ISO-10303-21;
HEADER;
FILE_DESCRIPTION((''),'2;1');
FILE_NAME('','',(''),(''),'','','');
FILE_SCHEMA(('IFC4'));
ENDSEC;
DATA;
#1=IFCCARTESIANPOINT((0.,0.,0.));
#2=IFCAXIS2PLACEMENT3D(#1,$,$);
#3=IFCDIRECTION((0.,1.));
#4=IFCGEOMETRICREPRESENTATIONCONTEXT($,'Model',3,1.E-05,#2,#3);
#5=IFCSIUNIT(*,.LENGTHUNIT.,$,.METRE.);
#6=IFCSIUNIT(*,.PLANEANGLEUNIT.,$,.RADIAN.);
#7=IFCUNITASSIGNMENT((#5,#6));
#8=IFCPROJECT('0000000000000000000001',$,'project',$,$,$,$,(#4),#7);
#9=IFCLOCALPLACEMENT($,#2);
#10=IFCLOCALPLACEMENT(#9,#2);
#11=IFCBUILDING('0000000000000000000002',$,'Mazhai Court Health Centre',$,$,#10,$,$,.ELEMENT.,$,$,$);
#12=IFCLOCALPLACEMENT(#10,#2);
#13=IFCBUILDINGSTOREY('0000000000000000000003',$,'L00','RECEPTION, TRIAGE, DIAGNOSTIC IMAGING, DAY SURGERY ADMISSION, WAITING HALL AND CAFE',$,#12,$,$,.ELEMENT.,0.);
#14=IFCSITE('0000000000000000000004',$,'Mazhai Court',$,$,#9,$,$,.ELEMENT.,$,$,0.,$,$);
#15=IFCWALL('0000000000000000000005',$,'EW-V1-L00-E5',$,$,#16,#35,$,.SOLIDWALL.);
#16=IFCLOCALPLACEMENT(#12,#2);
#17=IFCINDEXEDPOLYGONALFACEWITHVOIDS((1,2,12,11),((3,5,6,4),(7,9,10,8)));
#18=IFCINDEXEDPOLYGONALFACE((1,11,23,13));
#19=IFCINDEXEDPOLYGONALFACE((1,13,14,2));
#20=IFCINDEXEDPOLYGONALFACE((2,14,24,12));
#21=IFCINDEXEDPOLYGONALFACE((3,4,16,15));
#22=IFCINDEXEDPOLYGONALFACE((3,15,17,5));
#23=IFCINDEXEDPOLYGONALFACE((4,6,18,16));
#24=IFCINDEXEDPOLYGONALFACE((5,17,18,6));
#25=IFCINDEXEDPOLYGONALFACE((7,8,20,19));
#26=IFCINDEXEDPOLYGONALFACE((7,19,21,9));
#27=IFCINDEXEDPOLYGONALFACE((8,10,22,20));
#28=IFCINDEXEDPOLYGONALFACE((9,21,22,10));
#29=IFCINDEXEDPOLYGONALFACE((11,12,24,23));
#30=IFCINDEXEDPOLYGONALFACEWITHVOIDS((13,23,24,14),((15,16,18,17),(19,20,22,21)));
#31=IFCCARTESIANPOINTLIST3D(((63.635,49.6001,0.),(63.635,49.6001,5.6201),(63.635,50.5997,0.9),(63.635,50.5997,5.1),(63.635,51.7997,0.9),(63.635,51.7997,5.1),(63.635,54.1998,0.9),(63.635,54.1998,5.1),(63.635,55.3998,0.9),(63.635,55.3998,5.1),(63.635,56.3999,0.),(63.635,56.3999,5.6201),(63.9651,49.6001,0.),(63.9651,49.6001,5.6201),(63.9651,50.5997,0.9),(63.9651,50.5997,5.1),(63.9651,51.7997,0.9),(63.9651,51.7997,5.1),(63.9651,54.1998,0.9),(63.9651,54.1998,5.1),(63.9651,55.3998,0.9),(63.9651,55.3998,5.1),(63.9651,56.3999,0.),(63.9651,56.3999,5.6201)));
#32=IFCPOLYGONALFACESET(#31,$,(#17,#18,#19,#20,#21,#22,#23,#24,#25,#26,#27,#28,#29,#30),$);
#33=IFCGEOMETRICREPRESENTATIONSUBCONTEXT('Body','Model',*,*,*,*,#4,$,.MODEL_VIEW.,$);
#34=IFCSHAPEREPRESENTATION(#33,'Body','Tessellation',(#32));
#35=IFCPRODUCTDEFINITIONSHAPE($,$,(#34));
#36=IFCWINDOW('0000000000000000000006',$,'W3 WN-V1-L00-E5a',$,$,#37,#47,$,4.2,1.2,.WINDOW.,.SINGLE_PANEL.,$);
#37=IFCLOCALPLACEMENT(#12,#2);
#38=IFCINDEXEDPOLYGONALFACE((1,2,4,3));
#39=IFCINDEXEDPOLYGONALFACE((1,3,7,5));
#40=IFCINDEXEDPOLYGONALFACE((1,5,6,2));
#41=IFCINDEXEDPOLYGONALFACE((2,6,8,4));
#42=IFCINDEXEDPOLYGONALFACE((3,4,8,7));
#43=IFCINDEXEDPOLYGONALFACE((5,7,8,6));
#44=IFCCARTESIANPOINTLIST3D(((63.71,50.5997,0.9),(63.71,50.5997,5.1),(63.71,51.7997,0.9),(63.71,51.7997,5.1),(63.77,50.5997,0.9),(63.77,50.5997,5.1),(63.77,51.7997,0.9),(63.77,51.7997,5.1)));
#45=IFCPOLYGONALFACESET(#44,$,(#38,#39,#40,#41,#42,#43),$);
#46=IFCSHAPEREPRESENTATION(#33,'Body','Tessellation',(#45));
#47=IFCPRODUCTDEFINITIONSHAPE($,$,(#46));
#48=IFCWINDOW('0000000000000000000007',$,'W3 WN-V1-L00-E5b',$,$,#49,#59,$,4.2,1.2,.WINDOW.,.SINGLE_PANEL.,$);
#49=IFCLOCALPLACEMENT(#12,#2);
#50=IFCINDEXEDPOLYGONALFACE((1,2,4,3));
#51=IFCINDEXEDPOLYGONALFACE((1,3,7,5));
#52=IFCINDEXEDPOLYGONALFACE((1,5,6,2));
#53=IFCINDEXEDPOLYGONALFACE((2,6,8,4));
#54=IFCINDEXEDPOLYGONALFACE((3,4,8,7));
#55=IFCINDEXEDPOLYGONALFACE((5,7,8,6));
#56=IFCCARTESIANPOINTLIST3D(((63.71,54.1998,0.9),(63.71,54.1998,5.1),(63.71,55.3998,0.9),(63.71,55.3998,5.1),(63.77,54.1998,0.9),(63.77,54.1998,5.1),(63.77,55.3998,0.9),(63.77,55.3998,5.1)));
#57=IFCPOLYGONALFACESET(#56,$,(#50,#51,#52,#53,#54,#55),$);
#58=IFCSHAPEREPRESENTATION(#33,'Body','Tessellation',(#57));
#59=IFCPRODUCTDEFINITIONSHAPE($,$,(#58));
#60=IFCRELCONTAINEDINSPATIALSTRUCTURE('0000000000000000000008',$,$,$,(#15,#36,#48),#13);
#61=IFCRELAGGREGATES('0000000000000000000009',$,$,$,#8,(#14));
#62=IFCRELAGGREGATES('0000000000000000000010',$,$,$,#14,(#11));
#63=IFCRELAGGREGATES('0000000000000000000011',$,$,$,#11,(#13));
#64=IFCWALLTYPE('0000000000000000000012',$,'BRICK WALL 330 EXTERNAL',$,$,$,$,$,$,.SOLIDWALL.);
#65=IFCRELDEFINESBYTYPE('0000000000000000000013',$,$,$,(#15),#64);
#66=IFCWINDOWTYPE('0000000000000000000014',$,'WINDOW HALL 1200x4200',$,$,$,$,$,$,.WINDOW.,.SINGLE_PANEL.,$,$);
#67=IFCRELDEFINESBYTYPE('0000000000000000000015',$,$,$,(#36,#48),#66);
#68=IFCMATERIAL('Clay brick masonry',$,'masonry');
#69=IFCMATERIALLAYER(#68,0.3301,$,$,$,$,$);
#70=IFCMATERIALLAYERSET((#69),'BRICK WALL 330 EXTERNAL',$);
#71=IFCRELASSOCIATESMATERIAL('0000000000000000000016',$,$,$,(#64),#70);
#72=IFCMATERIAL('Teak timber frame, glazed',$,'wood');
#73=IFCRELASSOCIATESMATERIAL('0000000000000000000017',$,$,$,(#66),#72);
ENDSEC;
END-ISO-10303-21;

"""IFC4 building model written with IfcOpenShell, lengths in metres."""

from ifc_helpers import new_model, si_unit, direction, frame, frame_2d, origin, place, context, subcontext, project, spatial, rectangle, extrude, material, layer, layer_set, type_object, element, fill, save


model = new_model("IFC4")

# Units and contexts
model_context = context("Model", 3, precision=1e-05, world=origin(), true_north=direction((0.0, 1.0)))
body_context = subcontext(model_context, "Body", "Model", "MODEL_VIEW")
ifc_project = project(units=[si_unit("LENGTHUNIT", "METRE"), si_unit("PLANEANGLEUNIT", "RADIAN")], contexts=[model_context])

# Site, building, storey
site_placement = place(None, origin())
site = spatial("IfcSite", under=ifc_project, at=site_placement, Name="Mazhai Court", CompositionType="ELEMENT", RefElevation=0.0)
building_placement = place(site_placement, origin())
building = spatial("IfcBuilding", under=site, at=building_placement, Name="Mazhai Court Health Centre", CompositionType="ELEMENT")
storey_placement = place(building_placement, origin())
storey = spatial("IfcBuildingStorey", under=building, at=storey_placement, Name="L00", Description="RECEPTION, TRIAGE, DIAGNOSTIC IMAGING, DAY SURGERY ADMISSION, WAITING HALL AND CAFE", CompositionType="ELEMENT", Elevation=0.0)

# Wall, openings, windows
ifc_material_1 = material(Name="Clay brick masonry", Category="masonry")
ifc_layer_1 = layer(ifc_material_1, 0.3301)
ifc_layer_set_1 = layer_set([ifc_layer_1], Name="BRICK WALL 330 EXTERNAL")
wall_type_1 = type_object("IfcWallType", Name="BRICK WALL 330 EXTERNAL", PredefinedType="SOLIDWALL", material=ifc_layer_set_1)
wall_placement = place(storey_placement, frame((63.8, 56.3999, 0.0), z_axis=(0.0, 0.0, 1.0), x_axis=(0.0, -1.0, 0.0)))
wall = element("IfcWall", 1, at=wall_placement, inside=storey, type_object=wall_type_1, Name="EW-V1-L00-E5", PredefinedType="SOLIDWALL", context=body_context, shape_type="SweptSolid", body=[
    extrude(rectangle(XDim=6.7998, YDim=0.3301, at=frame_2d((3.3999, 0.0))), origin(), (0.0, 0.0, 1.0), 5.6201),
])
opening_1_placement = place(wall_placement, frame((4.6001, 0.0, 0.8999)))
opening_1 = element("IfcOpeningElement", 2, at=opening_1_placement, cuts=wall, PredefinedType="OPENING", context=body_context, shape_type="SweptSolid", body=[
    extrude(rectangle(XDim=1.2, YDim=4.2, at=frame_2d((0.6001, 2.1001))), frame((0.0, 0.175, 0.0), z_axis=(0.0, -1.0, 0.0), x_axis=(1.0, 0.0, 0.0)), (0.0, 0.0, 1.0), 0.3501),
])
opening_2_placement = place(wall_placement, frame((1.0, 0.0, 0.8999)))
opening_2 = element("IfcOpeningElement", 3, at=opening_2_placement, cuts=wall, PredefinedType="OPENING", context=body_context, shape_type="SweptSolid", body=[
    extrude(rectangle(XDim=1.2, YDim=4.2, at=frame_2d((0.6001, 2.1001))), frame((0.0, 0.175, 0.0), z_axis=(0.0, -1.0, 0.0), x_axis=(1.0, 0.0, 0.0)), (0.0, 0.0, 1.0), 0.3501),
])
ifc_material_2 = material(Name="Teak timber frame, glazed", Category="wood")
window_type = type_object("IfcWindowType", Name="WINDOW HALL 1200x4200", PartitioningType="SINGLE_PANEL", PredefinedType="WINDOW", material=ifc_material_2)
window_1_placement = place(opening_1_placement, origin())
window_1 = element("IfcWindow", 4, at=window_1_placement, inside=storey, type_object=window_type, Name="W3 WN-V1-L00-E5a", OverallHeight=4.2, OverallWidth=1.2, PartitioningType="SINGLE_PANEL", PredefinedType="WINDOW", context=body_context, shape_type="SweptSolid", body=[
    extrude(rectangle(XDim=1.2, YDim=4.2, at=frame_2d((0.6001, 2.1001))), frame((0.0, -0.03, 0.0), z_axis=(0.0, -1.0, 0.0), x_axis=(1.0, 0.0, 0.0)), (0.0, 0.0, 1.0), 0.0601),
])
fill(opening_1, window_1)
window_2_placement = place(opening_2_placement, origin())
window_2 = element("IfcWindow", 5, at=window_2_placement, inside=storey, type_object=window_type, Name="W3 WN-V1-L00-E5b", OverallHeight=4.2, OverallWidth=1.2, PartitioningType="SINGLE_PANEL", PredefinedType="WINDOW", context=body_context, shape_type="SweptSolid", body=[
    extrude(rectangle(XDim=1.2, YDim=4.2, at=frame_2d((0.6001, 2.1001))), frame((0.0, -0.03, 0.0), z_axis=(0.0, -1.0, 0.0), x_axis=(1.0, 0.0, 0.0)), (0.0, 0.0, 1.0), 0.0601),
])
fill(opening_2, window_2)

save(model, "model.ifc")
